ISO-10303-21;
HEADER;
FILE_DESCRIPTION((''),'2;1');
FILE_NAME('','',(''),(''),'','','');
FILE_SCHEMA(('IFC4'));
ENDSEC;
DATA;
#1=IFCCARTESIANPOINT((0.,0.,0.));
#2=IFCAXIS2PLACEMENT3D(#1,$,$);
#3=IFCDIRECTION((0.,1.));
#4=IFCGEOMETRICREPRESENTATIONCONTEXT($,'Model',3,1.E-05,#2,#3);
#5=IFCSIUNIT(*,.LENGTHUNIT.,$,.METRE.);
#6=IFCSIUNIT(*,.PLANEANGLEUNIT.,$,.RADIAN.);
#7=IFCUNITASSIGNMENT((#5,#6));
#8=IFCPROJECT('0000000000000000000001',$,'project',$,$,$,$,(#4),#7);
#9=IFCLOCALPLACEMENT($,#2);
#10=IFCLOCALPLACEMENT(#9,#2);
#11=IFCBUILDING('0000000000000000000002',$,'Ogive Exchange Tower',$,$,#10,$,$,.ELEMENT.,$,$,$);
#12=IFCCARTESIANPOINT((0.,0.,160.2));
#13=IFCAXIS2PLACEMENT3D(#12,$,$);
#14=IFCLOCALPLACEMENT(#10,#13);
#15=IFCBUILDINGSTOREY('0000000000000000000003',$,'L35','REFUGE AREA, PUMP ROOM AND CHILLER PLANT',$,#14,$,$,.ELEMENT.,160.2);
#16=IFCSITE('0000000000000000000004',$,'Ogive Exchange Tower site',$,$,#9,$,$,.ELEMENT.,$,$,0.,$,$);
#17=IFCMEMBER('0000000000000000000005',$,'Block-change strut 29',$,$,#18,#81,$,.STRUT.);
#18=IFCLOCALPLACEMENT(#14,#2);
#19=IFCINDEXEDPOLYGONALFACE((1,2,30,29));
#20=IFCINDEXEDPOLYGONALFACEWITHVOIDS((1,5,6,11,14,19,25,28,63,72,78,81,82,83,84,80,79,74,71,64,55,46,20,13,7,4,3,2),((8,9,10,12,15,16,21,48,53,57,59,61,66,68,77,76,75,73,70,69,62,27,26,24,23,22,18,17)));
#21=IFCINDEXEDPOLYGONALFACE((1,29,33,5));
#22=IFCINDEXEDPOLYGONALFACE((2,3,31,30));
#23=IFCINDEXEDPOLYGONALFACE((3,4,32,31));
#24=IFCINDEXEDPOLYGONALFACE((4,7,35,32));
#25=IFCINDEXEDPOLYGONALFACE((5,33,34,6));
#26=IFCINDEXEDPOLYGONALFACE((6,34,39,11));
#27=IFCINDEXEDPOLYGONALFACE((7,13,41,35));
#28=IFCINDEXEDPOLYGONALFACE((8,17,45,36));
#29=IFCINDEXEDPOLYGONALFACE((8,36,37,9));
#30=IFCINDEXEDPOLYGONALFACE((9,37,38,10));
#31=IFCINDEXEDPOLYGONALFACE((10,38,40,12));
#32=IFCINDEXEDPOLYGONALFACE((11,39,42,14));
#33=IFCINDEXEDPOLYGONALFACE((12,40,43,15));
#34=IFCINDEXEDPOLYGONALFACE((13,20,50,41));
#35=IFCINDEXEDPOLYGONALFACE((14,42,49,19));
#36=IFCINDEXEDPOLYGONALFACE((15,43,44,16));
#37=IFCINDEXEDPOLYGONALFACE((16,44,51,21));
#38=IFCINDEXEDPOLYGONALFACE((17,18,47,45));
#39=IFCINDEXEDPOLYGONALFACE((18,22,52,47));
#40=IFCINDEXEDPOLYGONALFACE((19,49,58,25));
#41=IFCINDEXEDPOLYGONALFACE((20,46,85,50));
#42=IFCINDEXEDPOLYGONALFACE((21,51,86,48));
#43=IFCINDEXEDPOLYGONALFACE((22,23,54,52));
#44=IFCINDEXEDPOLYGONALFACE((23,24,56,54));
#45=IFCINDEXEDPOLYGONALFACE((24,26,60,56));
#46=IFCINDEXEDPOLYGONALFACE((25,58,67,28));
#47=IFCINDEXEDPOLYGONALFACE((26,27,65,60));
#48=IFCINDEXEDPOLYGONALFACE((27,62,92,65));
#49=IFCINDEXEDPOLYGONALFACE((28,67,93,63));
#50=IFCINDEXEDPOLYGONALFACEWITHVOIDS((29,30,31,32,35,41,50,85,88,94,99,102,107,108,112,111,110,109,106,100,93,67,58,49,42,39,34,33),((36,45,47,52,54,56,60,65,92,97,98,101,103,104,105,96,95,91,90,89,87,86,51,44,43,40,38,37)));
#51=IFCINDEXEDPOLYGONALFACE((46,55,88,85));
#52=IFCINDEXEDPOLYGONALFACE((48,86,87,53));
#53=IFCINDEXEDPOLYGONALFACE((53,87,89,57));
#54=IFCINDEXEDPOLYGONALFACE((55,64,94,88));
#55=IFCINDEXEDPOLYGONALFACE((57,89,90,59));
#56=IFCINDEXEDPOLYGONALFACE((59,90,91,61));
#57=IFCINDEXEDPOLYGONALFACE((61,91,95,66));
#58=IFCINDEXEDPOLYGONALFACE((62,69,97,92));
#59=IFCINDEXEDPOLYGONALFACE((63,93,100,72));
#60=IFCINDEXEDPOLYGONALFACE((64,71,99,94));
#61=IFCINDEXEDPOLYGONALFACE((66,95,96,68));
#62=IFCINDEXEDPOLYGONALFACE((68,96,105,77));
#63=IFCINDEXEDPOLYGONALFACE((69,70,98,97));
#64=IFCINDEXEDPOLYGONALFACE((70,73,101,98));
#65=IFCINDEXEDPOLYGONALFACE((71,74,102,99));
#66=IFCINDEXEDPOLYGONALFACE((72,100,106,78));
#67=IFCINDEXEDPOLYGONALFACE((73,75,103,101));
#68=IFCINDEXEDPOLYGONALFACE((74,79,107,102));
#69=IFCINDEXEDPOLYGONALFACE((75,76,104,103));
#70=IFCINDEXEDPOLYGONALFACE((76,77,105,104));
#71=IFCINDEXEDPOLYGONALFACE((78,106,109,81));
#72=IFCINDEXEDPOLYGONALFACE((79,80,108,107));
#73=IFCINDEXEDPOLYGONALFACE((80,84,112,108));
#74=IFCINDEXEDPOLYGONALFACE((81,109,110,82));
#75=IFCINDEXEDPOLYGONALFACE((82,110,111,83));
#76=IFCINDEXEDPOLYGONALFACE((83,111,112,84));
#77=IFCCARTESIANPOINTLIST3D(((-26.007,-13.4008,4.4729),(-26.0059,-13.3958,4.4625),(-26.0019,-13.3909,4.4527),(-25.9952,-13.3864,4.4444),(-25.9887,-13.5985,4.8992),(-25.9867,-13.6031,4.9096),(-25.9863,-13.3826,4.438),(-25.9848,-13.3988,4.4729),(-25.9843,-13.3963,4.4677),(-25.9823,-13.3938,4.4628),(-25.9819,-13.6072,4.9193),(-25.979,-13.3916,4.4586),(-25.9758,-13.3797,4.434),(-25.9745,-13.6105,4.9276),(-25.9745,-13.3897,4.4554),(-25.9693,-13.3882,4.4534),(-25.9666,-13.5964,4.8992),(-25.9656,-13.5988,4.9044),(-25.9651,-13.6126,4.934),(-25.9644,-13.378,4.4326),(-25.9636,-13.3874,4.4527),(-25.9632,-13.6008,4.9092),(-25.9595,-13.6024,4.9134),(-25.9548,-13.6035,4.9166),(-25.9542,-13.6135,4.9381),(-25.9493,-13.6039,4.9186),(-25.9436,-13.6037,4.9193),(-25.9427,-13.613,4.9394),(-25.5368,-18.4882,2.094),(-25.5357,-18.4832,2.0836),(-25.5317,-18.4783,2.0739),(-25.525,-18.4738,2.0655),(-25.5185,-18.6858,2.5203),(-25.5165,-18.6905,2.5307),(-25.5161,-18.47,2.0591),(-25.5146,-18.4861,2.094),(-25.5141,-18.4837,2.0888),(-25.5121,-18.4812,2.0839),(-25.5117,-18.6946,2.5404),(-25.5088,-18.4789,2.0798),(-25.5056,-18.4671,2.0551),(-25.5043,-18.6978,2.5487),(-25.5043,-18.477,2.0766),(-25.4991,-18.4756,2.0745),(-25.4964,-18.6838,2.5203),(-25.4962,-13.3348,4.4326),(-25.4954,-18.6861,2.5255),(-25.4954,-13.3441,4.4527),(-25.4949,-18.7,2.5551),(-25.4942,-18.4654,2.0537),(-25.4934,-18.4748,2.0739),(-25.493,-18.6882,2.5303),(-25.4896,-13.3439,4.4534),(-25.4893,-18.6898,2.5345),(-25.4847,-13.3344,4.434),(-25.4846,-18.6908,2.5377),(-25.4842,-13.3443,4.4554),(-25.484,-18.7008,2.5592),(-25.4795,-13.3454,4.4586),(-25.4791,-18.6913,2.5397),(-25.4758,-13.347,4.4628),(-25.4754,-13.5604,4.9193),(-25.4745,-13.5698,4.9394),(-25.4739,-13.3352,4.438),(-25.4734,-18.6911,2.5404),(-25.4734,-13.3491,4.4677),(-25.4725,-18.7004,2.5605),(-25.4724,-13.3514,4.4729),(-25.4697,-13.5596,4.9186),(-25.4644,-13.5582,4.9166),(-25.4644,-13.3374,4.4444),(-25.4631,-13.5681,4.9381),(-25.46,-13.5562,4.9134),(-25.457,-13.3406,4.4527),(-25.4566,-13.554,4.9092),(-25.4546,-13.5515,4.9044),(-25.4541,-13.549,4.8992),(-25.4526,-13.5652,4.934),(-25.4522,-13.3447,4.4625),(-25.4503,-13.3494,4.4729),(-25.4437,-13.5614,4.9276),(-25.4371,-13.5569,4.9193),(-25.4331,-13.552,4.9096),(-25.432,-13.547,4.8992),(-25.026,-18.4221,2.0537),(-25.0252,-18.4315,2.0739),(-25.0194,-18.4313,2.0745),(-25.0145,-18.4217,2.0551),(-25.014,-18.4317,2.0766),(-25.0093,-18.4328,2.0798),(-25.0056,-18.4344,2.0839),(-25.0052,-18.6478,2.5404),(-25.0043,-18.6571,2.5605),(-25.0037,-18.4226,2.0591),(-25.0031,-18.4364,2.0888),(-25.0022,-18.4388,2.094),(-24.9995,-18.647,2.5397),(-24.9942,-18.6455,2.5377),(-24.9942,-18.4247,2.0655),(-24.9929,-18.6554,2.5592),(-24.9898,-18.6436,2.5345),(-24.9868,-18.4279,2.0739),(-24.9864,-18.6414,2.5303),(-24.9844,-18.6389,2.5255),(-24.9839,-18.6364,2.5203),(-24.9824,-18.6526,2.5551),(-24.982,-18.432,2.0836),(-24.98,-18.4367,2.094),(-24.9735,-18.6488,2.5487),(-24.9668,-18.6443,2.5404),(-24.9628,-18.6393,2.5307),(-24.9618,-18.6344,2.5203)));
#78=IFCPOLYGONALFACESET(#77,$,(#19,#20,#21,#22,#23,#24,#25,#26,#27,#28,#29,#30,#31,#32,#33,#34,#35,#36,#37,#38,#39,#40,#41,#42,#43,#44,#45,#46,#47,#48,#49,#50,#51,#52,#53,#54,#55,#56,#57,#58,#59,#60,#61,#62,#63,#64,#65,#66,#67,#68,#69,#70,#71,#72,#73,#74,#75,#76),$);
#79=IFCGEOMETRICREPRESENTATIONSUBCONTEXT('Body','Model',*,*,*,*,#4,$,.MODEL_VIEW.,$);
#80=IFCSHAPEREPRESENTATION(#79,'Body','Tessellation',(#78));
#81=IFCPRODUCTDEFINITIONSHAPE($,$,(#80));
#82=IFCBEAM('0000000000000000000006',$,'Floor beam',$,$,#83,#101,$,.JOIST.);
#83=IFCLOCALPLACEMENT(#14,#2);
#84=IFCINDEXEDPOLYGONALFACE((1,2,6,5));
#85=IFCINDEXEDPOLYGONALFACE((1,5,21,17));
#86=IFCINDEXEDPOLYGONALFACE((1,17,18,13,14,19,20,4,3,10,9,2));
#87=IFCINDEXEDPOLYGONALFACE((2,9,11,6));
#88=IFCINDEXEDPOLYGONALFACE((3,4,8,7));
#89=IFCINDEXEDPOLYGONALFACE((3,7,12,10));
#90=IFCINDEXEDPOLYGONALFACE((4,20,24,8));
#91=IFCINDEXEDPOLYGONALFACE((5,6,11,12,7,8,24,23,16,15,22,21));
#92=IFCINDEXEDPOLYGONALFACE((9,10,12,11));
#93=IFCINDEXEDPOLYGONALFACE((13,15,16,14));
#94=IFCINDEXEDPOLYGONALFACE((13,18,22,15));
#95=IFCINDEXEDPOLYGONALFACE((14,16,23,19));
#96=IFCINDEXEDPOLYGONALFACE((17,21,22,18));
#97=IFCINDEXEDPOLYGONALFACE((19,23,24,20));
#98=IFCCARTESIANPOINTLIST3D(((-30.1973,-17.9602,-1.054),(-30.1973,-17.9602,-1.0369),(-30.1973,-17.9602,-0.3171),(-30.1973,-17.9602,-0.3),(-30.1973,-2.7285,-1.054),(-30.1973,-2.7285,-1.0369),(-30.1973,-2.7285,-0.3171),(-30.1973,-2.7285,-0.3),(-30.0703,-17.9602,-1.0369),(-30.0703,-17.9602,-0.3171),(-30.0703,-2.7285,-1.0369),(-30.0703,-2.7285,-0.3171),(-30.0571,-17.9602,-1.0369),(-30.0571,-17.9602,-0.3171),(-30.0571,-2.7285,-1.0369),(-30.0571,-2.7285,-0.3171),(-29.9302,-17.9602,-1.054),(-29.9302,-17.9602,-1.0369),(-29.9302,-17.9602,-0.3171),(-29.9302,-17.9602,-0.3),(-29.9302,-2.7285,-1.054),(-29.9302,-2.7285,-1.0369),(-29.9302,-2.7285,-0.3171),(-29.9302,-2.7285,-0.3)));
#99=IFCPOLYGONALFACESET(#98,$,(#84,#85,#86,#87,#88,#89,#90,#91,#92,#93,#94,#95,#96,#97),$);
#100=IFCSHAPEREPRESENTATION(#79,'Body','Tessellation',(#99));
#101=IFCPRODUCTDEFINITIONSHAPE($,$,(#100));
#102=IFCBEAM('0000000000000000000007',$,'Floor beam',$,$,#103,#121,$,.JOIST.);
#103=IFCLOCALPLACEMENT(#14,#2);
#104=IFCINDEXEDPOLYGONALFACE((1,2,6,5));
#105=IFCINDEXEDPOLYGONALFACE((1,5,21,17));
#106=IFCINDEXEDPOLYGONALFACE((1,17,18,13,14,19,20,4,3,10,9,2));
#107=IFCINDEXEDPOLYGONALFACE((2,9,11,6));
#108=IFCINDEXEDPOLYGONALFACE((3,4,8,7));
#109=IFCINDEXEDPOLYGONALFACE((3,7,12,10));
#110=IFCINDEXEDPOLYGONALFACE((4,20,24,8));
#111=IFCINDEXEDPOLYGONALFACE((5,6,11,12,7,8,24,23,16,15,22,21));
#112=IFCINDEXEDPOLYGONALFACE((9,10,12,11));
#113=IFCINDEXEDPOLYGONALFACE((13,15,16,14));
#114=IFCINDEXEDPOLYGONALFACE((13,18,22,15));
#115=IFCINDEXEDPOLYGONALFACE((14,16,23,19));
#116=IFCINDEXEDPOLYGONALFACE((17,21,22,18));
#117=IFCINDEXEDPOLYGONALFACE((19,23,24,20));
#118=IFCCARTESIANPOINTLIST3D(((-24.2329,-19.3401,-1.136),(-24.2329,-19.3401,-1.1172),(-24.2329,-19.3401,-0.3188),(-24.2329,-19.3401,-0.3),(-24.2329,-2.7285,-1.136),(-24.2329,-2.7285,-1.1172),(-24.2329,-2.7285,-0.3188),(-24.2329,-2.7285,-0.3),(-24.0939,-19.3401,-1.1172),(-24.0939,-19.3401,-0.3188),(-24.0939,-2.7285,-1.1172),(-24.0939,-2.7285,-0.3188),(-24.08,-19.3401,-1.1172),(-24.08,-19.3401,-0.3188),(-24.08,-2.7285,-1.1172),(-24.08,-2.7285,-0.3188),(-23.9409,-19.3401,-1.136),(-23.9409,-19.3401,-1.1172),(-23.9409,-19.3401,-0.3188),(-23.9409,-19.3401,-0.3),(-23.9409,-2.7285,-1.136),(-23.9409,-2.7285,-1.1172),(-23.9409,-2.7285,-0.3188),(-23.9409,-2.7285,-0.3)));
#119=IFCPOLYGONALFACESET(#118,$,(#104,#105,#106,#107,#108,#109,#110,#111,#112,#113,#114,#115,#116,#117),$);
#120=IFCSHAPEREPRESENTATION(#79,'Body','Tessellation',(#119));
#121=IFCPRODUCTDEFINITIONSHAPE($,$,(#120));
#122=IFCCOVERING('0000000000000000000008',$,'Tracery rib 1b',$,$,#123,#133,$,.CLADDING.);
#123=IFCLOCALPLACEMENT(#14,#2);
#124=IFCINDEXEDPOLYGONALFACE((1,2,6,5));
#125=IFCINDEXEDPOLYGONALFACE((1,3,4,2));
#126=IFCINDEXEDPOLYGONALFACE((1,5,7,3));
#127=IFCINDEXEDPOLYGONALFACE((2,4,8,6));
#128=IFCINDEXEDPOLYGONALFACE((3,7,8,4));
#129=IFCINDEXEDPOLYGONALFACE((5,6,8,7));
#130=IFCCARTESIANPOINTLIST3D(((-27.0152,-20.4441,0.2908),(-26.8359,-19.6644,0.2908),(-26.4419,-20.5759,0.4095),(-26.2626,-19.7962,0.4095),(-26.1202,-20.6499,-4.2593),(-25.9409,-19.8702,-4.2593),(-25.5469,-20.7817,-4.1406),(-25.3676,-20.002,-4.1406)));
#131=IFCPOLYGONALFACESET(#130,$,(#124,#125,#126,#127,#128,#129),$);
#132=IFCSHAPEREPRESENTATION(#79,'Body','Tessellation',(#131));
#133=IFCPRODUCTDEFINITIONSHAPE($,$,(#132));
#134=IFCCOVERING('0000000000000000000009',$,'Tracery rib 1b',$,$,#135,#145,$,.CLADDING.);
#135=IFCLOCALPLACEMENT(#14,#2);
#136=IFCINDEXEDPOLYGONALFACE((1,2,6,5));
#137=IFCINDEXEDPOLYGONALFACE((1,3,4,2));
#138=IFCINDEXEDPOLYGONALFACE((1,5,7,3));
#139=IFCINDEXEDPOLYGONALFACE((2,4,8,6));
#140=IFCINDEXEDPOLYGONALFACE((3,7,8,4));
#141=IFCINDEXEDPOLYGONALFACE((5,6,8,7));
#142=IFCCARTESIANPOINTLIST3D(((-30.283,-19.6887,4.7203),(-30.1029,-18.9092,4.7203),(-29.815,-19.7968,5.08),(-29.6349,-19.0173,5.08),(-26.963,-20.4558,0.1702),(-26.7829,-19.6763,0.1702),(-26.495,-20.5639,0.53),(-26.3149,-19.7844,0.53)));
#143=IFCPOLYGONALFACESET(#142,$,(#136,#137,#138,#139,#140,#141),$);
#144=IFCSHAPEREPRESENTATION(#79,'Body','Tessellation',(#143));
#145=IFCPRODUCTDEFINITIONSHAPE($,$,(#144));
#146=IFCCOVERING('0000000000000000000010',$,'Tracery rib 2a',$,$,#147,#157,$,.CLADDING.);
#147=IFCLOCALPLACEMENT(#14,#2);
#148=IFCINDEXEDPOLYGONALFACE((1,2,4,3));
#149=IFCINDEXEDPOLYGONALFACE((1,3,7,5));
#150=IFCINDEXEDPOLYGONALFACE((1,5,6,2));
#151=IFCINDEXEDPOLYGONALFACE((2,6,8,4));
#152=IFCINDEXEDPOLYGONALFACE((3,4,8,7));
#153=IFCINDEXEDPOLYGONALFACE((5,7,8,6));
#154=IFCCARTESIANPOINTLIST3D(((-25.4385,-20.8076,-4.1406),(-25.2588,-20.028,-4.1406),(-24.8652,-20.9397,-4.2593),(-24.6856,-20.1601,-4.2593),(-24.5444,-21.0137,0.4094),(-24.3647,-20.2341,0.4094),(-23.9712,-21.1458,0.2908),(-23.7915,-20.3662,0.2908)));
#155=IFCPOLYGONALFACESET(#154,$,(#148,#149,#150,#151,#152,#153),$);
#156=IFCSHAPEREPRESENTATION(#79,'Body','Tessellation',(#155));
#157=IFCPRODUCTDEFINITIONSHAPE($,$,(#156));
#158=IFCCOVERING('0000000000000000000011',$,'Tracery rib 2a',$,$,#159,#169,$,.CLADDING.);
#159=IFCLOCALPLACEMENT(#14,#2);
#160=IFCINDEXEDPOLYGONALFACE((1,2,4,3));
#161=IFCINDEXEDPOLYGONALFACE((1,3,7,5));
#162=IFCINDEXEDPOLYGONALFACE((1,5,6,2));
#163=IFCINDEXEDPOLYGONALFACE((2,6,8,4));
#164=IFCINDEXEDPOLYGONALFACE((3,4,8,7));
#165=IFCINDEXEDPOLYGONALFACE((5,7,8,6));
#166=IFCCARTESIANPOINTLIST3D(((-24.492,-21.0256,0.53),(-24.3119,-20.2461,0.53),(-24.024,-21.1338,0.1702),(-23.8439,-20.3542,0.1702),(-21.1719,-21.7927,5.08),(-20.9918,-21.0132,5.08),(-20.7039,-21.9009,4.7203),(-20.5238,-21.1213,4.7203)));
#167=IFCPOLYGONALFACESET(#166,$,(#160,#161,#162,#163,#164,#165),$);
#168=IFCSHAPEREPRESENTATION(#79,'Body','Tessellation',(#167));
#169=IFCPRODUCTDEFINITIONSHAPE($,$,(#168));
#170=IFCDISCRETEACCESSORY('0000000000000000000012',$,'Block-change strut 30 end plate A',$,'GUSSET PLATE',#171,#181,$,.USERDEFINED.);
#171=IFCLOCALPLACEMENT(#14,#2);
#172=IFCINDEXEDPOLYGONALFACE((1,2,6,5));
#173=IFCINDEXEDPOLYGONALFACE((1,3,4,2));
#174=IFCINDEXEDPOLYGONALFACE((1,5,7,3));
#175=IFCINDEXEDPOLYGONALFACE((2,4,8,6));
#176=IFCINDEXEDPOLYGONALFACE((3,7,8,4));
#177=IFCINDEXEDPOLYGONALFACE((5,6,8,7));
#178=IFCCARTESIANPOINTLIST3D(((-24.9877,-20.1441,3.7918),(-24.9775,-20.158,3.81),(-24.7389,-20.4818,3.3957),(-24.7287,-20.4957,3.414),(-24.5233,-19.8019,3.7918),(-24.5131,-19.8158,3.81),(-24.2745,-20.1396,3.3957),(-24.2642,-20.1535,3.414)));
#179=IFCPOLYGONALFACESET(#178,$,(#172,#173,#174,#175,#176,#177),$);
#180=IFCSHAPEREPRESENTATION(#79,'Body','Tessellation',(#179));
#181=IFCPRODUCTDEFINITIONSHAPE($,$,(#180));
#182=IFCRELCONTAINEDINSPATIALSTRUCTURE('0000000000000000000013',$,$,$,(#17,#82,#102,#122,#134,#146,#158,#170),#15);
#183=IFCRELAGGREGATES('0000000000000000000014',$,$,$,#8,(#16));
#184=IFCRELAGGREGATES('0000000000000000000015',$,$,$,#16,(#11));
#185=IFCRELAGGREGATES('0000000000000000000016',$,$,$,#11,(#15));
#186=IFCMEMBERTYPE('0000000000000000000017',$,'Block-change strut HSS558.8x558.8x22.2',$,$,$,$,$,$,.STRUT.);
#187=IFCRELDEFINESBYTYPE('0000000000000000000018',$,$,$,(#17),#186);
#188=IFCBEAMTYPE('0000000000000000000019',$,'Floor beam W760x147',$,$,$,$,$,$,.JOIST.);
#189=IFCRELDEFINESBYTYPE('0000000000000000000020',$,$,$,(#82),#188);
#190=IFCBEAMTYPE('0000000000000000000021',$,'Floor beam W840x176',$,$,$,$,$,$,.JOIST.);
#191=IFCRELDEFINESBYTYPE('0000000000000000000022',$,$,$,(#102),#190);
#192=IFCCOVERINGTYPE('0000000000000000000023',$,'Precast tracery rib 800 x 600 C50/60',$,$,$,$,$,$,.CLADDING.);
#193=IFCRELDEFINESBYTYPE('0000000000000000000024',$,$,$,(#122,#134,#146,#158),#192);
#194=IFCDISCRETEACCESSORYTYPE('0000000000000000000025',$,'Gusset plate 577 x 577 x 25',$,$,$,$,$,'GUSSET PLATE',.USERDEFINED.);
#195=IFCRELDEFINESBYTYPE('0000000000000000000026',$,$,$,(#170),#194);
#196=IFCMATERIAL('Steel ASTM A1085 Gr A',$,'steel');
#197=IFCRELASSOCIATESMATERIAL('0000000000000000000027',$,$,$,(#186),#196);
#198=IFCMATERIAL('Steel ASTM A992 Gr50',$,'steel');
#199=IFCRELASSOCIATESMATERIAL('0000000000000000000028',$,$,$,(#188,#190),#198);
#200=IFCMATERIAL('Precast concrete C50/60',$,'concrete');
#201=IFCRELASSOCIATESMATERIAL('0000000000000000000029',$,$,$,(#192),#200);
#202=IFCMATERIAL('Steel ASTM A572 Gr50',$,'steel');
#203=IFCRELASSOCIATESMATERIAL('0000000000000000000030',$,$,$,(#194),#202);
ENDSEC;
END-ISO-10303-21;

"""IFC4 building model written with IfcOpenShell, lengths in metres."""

from ifc_helpers import new_model, si_unit, direction, frame, origin, origin_2d, place, context, subcontext, project, spatial, rectangle, hollow_rectangle, i_section, extrude, material, material_profile, profile_set, type_object, element, save


model = new_model("IFC4")

# Units and contexts
model_context = context("Model", 3, precision=1e-05, world=origin(), true_north=direction((0.0, 1.0)))
body_context = subcontext(model_context, "Body", "Model", "MODEL_VIEW")
ifc_project = project(units=[si_unit("LENGTHUNIT", "METRE"), si_unit("PLANEANGLEUNIT", "RADIAN")], contexts=[model_context])

# Site, building, storey
site_placement = place(None, origin())
site = spatial("IfcSite", under=ifc_project, at=site_placement, Name="Ogive Exchange Tower site", CompositionType="ELEMENT", RefElevation=0.0)
building_placement = place(site_placement, origin())
building = spatial("IfcBuilding", under=site, at=building_placement, Name="Ogive Exchange Tower", CompositionType="ELEMENT")
storey_placement = place(building_placement, frame((0.0, 0.0, 160.2)))
storey = spatial("IfcBuildingStorey", under=building, at=storey_placement, Name="L35", Description="REFUGE AREA, PUMP ROOM AND CHILLER PLANT", CompositionType="ELEMENT", Elevation=160.2)

# Shared definitions
ifc_material_1 = material(Name="Steel ASTM A992 Gr50", Category="steel")

# Shared definitions
ifc_material_2 = material(Name="Steel ASTM A1085 Gr A", Category="steel")

# Member
ifc_material_profile_1 = material_profile(ifc_material_2, hollow_rectangle(XDim=0.5591, YDim=0.5591, WallThickness=0.0222, InnerFilletRadius=0.0222, OuterFilletRadius=0.0444, at=origin_2d()), Name="HSS558.8x558.8x22.2")
ifc_profile_set_1 = profile_set([ifc_material_profile_1], Name="Steel ASTM A1085 Gr A")
member_type_1 = type_object("IfcMemberType", Name="Block-change strut HSS558.8x558.8x22.2", PredefinedType="STRUT", material=ifc_profile_set_1)
member_1_placement = place(storey_placement, frame((-25.2493, -18.5613, 2.3071), z_axis=(-0.083434, 0.902698, 0.422108), x_axis=(-0.995756, -0.092035, 0.0)))
element("IfcMember", 1, at=member_1_placement, inside=storey, type_object=member_type_1, Name="Block-change strut 29", PredefinedType="STRUT", context=body_context, shape_type="SweptSolid", body=[
    extrude(hollow_rectangle(XDim=0.5591, YDim=0.5591, WallThickness=0.0222, InnerFilletRadius=0.0222, OuterFilletRadius=0.0444, at=origin_2d()), origin(), (0.0, 0.0, 1.0), 5.6357),
])

# Beams
ifc_material_profile_2 = material_profile(ifc_material_1, i_section(OverallWidth=0.2671, OverallDepth=0.7539, WebThickness=0.0132, FlangeThickness=0.0171, at=origin_2d()), Name="W760x147")
ifc_profile_set_2 = profile_set([ifc_material_profile_2], Name="Steel ASTM A992 Gr50")
beam_type_1 = type_object("IfcBeamType", Name="Floor beam W760x147", PredefinedType="JOIST", material=ifc_profile_set_2)
beam_1_placement = place(storey_placement, frame((-30.0637, -17.9602, -0.677), z_axis=(0.0, 1.0, 0.0), x_axis=(-1.0, 0.0, 0.0)))
element("IfcBeam", 2, at=beam_1_placement, inside=storey, type_object=beam_type_1, Name="Floor beam", PredefinedType="JOIST", context=body_context, shape_type="SweptSolid", body=[
    extrude(i_section(OverallWidth=0.2671, OverallDepth=0.7539, WebThickness=0.0132, FlangeThickness=0.0171, at=origin_2d()), origin(), (0.0, 0.0, 1.0), 15.2317),
])
ifc_material_profile_3 = material_profile(ifc_material_1, i_section(OverallWidth=0.292, OverallDepth=0.8359, WebThickness=0.0139, FlangeThickness=0.0188, at=origin_2d()), Name="W840x176")
ifc_profile_set_3 = profile_set([ifc_material_profile_3], Name="Steel ASTM A992 Gr50")
beam_type_2 = type_object("IfcBeamType", Name="Floor beam W840x176", PredefinedType="JOIST", material=ifc_profile_set_3)
beam_2_placement = place(storey_placement, frame((-24.0869, -19.3401, -0.718), z_axis=(0.0, 1.0, 0.0), x_axis=(-1.0, 0.0, 0.0)))
element("IfcBeam", 3, at=beam_2_placement, inside=storey, type_object=beam_type_2, Name="Floor beam", PredefinedType="JOIST", context=body_context, shape_type="SweptSolid", body=[
    extrude(i_section(OverallWidth=0.292, OverallDepth=0.8359, WebThickness=0.0139, FlangeThickness=0.0188, at=origin_2d()), origin(), (0.0, 0.0, 1.0), 16.6116),
])

# Coverings
ifc_material_3 = material(Name="Precast concrete C50/60", Category="concrete")
ifc_material_profile_4 = material_profile(ifc_material_3, rectangle(XDim=0.8, YDim=0.6001, at=origin_2d()), Name="RIB 800 x 600")
ifc_profile_set_4 = profile_set([ifc_material_profile_4], Name="Precast concrete C50/60")
covering_type = type_object("IfcCoveringType", Name="Precast tracery rib 800 x 600 C50/60", PredefinedType="CLADDING", material=ifc_profile_set_4)
covering_1_placement = place(storey_placement, frame((-25.7439, -20.3259, -4.2), z_axis=(-0.192817, 0.044338, 0.980232), x_axis=(-0.224102, -0.974566, 0.0)))
element("IfcCovering", 4, at=covering_1_placement, inside=storey, type_object=covering_type, Name="Tracery rib 1b", PredefinedType="CLADDING", context=body_context, shape_type="SweptSolid", body=[
    extrude(rectangle(XDim=0.8, YDim=0.6001, at=origin_2d()), origin(), (0.0, 0.0, 1.0), 4.6418),
])
covering_2_placement = place(storey_placement, frame((-26.6389, -20.1201, 0.3501), z_axis=(-0.58405, 0.134943, 0.800422), x_axis=(-0.225116, -0.974332, 0.0)))
element("IfcCovering", 5, at=covering_2_placement, inside=storey, type_object=covering_type, Name="Tracery rib 1b", PredefinedType="CLADDING", context=body_context, shape_type="SweptSolid", body=[
    extrude(rectangle(XDim=0.8, YDim=0.6001, at=origin_2d()), origin(), (0.0, 0.0, 1.0), 5.6846),
])
covering_3_placement = place(storey_placement, frame((-25.062, -20.4839, -4.2), z_axis=(0.192614, -0.044393, 0.98027), x_axis=(0.224587, 0.974454, 0.0)))
element("IfcCovering", 6, at=covering_3_placement, inside=storey, type_object=covering_type, Name="Tracery rib 2a", PredefinedType="CLADDING", context=body_context, shape_type="SweptSolid", body=[
    extrude(rectangle(XDim=0.8, YDim=0.6001, at=origin_2d()), origin(), (0.0, 0.0, 1.0), 4.6416),
])
covering_4_placement = place(storey_placement, frame((-24.168, -20.6899, 0.3501), z_axis=(0.58405, -0.134943, 0.800422), x_axis=(0.225116, 0.974332, 0.0)))
element("IfcCovering", 7, at=covering_4_placement, inside=storey, type_object=covering_type, Name="Tracery rib 2a", PredefinedType="CLADDING", context=body_context, shape_type="SweptSolid", body=[
    extrude(rectangle(XDim=0.8, YDim=0.6001, at=origin_2d()), origin(), (0.0, 0.0, 1.0), 5.6846),
])

# Discrete accessory
ifc_material_4 = material(Name="Steel ASTM A572 Gr50", Category="steel")
ifc_material_profile_5 = material_profile(ifc_material_4, rectangle(XDim=0.5769, YDim=0.5769, at=origin_2d()), Name="PL 577 x 577 x 25")
ifc_profile_set_5 = profile_set([ifc_material_profile_5], Name="Steel ASTM A572 Gr50")
discrete_accessory_type_1 = type_object("IfcDiscreteAccessoryType", Name="Gusset plate 577 x 577 x 25", ElementType="GUSSET PLATE", PredefinedType="USERDEFINED", material=ifc_profile_set_5)
discrete_accessory_1_placement = place(storey_placement, frame((-24.6311, -20.1418, 3.5938), z_axis=(0.407211, -0.552643, 0.727162), x_axis=(0.805056, 0.593199, 0.0)))
element("IfcDiscreteAccessory", 8, at=discrete_accessory_1_placement, inside=storey, type_object=discrete_accessory_type_1, Name="Block-change strut 30 end plate A", ObjectType="GUSSET PLATE", PredefinedType="USERDEFINED", context=body_context, shape_type="SweptSolid", body=[
    extrude(rectangle(XDim=0.5769, YDim=0.5769, at=origin_2d()), origin(), (0.0, 0.0, 1.0), 0.0251),
])

save(model, "model.ifc")
